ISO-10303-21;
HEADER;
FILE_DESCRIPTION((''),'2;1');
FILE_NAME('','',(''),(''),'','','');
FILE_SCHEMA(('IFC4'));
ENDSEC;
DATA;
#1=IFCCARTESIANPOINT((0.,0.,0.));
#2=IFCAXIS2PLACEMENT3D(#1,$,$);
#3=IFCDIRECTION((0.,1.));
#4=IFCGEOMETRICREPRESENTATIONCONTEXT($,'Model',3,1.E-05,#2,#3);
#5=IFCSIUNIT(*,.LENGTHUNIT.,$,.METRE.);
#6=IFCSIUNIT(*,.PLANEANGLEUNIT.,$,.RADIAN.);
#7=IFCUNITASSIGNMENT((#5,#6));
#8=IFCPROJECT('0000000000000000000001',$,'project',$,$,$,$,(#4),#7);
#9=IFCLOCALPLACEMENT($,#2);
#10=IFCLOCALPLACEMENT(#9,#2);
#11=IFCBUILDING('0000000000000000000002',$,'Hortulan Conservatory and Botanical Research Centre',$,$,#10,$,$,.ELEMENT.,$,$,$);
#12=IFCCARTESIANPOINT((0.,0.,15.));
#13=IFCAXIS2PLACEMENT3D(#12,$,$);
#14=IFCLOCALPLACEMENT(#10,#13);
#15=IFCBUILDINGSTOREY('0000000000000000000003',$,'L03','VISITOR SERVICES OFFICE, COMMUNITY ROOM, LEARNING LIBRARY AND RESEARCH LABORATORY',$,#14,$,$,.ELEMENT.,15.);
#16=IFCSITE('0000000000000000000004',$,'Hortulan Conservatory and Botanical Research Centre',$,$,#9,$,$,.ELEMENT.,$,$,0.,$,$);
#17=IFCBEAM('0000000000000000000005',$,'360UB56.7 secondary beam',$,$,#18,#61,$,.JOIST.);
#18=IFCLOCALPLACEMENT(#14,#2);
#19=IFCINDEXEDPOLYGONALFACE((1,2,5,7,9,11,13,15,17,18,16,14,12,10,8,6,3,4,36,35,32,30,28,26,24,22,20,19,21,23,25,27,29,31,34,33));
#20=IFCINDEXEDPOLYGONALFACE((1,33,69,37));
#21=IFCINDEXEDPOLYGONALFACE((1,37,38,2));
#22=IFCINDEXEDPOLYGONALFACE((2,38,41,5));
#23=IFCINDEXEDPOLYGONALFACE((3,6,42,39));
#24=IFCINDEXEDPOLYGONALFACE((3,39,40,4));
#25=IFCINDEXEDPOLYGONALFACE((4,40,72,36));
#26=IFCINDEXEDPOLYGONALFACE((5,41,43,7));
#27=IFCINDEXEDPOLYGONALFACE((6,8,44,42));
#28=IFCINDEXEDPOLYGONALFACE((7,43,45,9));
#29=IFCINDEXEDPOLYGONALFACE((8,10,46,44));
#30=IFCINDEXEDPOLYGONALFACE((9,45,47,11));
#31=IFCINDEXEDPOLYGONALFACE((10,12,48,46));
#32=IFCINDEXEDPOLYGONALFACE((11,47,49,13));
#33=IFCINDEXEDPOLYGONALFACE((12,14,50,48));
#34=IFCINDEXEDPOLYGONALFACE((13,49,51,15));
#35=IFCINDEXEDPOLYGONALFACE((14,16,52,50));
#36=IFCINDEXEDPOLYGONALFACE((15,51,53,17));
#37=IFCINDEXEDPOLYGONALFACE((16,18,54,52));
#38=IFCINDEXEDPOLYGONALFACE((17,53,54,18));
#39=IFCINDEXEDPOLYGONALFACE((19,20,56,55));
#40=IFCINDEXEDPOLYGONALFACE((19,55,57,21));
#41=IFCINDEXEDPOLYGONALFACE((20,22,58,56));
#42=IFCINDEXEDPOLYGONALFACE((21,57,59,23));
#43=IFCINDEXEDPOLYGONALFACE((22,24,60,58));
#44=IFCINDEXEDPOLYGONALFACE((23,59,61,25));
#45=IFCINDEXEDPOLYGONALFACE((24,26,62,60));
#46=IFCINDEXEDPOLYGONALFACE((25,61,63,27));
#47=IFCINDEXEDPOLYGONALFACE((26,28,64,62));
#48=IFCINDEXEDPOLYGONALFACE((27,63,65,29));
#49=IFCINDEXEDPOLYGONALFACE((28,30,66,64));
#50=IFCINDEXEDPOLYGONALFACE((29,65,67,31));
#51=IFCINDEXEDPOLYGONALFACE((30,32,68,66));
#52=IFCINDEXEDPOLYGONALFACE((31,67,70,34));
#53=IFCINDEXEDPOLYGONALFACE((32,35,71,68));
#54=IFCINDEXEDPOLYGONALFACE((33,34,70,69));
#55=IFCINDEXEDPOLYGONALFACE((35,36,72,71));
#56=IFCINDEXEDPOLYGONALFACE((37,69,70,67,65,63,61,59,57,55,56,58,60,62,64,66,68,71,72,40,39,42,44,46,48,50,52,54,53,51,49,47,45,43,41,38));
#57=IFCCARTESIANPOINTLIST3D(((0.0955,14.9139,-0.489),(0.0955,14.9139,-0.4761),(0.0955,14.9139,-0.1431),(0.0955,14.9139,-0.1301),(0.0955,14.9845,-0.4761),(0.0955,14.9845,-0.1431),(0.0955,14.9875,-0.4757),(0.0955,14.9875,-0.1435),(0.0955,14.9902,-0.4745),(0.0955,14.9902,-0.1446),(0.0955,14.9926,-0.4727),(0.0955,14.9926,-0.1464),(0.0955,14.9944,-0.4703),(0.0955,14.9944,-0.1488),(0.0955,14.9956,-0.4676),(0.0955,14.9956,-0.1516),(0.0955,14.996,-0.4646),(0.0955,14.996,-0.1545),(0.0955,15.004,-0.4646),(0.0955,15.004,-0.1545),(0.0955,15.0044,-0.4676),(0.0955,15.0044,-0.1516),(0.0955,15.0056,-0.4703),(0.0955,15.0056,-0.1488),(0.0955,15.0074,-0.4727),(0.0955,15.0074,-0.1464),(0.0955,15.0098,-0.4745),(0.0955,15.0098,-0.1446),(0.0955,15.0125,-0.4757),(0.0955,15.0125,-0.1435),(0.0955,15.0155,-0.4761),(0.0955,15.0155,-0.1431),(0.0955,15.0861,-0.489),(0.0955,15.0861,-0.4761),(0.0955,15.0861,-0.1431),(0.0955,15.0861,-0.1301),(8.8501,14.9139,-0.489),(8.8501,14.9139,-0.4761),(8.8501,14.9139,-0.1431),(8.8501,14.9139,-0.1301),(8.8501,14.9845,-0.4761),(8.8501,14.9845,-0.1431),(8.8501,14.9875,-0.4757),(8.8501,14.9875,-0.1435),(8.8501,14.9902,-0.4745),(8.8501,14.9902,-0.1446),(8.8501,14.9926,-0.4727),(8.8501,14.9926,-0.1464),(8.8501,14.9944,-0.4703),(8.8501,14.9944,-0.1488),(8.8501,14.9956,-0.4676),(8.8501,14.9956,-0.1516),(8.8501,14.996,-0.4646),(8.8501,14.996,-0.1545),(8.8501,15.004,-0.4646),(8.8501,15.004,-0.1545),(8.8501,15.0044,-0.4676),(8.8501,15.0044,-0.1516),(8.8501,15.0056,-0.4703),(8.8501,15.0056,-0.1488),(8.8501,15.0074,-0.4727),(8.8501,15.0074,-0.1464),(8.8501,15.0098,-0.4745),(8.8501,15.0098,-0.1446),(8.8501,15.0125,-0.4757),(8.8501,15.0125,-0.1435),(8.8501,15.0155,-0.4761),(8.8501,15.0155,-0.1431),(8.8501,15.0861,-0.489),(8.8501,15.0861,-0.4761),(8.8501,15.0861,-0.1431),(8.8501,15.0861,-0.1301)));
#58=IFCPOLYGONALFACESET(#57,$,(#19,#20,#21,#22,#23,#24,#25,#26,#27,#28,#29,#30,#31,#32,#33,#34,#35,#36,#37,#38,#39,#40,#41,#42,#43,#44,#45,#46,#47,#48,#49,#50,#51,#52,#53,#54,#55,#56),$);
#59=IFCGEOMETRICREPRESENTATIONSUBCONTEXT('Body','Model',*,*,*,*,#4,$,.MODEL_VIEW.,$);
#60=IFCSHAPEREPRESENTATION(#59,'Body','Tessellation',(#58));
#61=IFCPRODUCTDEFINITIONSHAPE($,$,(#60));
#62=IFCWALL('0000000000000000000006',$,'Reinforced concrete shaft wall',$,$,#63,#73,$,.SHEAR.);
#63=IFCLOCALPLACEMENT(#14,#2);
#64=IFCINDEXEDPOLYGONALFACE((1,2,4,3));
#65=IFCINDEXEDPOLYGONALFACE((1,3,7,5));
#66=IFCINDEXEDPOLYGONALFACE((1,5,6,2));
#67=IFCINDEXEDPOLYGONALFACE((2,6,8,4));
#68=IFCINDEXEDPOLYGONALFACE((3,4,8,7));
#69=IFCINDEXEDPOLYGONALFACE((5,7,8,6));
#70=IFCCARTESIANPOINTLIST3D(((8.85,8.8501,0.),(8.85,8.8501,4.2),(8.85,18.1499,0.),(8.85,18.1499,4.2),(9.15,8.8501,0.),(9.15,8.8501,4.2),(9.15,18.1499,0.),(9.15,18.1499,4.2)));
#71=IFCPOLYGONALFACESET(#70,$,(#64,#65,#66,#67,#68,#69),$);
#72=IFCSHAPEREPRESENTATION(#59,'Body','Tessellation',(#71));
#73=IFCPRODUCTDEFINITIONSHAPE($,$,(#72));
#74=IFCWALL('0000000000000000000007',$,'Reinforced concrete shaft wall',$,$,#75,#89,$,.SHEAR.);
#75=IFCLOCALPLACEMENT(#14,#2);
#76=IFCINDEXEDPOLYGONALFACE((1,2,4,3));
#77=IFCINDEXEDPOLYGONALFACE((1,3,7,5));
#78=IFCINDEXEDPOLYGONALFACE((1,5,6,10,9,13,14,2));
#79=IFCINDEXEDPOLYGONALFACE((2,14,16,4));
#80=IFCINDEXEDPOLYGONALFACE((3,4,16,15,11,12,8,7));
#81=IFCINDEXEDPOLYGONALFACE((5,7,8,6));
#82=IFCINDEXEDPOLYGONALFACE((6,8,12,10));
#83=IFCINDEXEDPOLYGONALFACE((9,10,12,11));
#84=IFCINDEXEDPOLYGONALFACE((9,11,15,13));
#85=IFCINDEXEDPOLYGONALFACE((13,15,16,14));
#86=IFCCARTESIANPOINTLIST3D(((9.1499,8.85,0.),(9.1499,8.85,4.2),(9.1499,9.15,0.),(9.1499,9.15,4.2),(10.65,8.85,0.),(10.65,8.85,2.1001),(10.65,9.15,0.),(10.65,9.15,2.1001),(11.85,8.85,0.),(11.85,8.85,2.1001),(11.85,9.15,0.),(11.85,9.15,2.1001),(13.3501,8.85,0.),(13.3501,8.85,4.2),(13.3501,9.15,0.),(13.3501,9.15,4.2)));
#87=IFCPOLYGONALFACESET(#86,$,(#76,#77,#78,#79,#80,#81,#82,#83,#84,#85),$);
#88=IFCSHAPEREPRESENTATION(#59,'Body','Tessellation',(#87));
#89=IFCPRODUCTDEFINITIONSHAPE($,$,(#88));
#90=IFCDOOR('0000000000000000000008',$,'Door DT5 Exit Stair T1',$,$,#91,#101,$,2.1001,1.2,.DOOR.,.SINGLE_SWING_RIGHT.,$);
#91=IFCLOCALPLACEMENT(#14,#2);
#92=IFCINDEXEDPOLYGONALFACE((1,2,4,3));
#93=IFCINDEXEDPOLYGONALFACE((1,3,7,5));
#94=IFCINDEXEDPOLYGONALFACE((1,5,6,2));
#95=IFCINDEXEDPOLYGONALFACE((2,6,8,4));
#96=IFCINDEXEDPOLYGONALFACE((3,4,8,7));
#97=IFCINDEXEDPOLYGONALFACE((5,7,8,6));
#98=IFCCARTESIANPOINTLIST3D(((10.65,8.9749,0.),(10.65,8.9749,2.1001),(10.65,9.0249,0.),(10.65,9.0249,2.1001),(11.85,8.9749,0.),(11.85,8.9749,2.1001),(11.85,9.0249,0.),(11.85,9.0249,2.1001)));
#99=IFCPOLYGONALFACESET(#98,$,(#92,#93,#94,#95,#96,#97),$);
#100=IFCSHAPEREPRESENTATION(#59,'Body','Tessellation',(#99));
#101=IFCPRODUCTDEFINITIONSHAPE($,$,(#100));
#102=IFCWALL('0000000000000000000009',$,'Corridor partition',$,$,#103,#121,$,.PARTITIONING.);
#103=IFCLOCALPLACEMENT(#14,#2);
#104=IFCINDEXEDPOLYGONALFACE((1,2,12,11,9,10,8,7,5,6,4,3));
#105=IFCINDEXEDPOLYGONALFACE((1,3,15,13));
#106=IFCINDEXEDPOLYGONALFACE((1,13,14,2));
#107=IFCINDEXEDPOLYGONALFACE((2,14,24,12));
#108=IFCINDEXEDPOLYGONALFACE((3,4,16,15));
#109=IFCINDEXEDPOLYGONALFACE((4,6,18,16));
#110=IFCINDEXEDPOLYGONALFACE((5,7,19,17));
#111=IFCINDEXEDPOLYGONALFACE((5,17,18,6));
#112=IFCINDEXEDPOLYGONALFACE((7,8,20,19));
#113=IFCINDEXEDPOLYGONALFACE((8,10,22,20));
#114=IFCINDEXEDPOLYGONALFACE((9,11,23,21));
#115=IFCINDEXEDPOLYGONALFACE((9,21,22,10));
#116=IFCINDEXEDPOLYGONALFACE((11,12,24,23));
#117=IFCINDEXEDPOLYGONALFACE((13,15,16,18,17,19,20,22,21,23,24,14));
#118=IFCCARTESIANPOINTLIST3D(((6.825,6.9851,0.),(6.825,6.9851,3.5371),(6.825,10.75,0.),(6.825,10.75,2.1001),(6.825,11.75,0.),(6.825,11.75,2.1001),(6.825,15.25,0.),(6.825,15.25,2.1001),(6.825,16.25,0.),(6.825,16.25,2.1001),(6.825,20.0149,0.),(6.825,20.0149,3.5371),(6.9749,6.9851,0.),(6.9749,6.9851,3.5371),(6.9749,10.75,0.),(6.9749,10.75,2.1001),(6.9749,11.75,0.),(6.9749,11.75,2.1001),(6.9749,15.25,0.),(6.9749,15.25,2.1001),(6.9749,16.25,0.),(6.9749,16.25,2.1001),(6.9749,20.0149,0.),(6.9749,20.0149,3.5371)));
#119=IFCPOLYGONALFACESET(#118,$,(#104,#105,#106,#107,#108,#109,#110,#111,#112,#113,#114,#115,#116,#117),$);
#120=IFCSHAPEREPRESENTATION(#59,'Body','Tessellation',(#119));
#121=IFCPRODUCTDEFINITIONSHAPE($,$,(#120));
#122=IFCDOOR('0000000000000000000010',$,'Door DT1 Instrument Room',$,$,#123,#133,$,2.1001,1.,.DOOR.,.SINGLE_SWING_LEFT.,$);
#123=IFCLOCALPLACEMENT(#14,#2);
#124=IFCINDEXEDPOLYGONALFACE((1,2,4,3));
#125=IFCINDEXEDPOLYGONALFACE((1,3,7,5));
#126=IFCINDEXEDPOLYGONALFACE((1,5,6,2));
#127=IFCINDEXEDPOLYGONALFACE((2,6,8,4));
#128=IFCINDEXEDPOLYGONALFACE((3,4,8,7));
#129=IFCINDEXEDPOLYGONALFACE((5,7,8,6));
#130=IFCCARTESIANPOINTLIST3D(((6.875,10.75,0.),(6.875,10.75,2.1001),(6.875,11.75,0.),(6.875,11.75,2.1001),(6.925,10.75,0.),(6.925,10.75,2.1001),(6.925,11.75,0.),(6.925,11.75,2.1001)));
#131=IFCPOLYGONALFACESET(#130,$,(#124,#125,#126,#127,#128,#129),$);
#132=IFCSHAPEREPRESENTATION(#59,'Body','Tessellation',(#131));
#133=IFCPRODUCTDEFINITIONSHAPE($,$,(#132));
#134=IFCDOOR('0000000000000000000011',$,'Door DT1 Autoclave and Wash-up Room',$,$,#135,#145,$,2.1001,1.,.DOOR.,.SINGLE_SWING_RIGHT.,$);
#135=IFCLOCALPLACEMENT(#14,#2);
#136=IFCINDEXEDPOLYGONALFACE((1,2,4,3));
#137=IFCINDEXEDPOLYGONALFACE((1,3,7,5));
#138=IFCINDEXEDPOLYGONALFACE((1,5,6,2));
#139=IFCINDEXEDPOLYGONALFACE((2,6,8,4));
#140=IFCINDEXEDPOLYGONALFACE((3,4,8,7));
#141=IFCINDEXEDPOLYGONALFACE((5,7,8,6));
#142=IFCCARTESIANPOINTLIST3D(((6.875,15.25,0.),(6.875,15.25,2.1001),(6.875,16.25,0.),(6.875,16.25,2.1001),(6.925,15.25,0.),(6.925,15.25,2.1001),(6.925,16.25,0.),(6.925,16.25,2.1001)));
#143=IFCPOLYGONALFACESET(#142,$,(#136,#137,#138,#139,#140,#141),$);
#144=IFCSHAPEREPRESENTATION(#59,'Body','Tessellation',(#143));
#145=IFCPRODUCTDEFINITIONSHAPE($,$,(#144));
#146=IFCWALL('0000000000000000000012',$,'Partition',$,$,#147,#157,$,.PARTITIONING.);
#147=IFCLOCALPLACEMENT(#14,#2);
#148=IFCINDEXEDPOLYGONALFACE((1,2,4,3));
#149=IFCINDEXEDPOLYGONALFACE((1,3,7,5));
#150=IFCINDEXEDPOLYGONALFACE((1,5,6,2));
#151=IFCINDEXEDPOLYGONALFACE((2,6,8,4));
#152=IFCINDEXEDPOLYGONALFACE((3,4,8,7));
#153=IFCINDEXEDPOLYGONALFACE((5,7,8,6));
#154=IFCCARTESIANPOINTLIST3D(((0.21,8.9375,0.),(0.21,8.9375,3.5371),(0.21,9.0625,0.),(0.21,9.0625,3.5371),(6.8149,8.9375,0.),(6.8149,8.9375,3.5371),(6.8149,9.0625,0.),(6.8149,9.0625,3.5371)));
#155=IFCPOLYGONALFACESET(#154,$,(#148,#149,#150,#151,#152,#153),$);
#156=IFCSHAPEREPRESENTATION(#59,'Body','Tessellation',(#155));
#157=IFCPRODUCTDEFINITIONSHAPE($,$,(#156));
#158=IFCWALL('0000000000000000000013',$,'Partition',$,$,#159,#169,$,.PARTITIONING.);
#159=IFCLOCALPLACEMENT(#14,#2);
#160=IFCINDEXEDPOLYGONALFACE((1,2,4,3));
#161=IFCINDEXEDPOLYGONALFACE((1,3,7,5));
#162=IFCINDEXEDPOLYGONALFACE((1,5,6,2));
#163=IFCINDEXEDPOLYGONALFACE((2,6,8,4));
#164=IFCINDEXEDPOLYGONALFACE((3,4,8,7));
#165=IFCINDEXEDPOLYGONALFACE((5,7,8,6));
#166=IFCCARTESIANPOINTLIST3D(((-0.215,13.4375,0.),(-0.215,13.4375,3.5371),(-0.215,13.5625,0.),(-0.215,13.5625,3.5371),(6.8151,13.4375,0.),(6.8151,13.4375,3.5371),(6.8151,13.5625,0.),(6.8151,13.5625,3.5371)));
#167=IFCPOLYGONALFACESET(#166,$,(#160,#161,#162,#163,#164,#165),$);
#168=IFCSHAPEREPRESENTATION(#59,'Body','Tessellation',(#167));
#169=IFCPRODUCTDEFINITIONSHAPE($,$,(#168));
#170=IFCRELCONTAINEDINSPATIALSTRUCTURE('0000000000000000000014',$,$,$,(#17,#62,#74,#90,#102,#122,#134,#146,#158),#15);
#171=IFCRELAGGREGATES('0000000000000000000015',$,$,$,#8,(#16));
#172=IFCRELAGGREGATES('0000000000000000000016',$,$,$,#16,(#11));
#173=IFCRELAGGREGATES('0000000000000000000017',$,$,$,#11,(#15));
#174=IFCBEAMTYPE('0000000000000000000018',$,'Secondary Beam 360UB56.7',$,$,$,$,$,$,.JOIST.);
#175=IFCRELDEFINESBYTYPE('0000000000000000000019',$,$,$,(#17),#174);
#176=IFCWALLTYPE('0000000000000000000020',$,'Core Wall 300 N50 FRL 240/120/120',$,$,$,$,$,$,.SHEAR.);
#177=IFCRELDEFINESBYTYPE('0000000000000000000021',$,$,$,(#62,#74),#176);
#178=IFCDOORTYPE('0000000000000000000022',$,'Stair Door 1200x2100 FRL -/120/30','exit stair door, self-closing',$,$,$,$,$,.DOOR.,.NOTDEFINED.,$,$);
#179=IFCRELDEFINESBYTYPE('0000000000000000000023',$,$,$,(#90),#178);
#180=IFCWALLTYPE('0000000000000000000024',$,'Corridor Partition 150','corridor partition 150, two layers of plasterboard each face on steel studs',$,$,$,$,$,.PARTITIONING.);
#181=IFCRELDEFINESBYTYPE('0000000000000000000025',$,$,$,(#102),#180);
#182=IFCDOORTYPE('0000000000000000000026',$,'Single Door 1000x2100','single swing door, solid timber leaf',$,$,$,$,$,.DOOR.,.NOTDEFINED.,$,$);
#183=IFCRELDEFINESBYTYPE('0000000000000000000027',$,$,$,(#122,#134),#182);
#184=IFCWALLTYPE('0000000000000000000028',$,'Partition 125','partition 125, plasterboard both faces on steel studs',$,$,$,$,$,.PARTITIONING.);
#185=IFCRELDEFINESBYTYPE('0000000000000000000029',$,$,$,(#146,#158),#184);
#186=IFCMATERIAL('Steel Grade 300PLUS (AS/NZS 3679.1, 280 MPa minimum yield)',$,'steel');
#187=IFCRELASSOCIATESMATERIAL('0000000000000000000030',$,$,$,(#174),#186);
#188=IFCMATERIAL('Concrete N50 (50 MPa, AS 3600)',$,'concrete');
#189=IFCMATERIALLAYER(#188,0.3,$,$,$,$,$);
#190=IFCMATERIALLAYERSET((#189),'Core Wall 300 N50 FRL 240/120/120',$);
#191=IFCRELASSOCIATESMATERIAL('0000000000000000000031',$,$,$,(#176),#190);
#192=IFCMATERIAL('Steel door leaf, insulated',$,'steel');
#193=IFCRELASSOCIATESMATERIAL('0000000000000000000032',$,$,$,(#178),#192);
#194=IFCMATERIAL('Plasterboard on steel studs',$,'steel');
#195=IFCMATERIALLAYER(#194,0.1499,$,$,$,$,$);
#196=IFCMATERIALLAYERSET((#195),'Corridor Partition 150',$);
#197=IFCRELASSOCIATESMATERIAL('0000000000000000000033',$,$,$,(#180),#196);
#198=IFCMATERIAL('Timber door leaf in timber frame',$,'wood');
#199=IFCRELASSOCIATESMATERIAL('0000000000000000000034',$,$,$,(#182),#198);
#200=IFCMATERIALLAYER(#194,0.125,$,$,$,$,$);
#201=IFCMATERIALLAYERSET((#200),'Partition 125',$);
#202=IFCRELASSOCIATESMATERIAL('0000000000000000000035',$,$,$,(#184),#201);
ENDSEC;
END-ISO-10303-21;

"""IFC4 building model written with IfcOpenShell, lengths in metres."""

from ifc_helpers import new_model, si_unit, direction, frame, frame_2d, origin, origin_2d, place, context, subcontext, project, spatial, rectangle, i_section, extrude, material, layer, layer_set, material_profile, profile_set, type_object, element, fill, save


model = new_model("IFC4")

# Units and contexts
model_context = context("Model", 3, precision=1e-05, world=origin(), true_north=direction((0.0, 1.0)))
body_context = subcontext(model_context, "Body", "Model", "MODEL_VIEW")
ifc_project = project(units=[si_unit("LENGTHUNIT", "METRE"), si_unit("PLANEANGLEUNIT", "RADIAN")], contexts=[model_context])

# Site, building, storey
site_placement = place(None, origin())
site = spatial("IfcSite", under=ifc_project, at=site_placement, Name="Hortulan Conservatory and Botanical Research Centre", CompositionType="ELEMENT", RefElevation=0.0)
building_placement = place(site_placement, origin())
building = spatial("IfcBuilding", under=site, at=building_placement, Name="Hortulan Conservatory and Botanical Research Centre", CompositionType="ELEMENT")
storey_placement = place(building_placement, frame((0.0, 0.0, 15.0)))
storey = spatial("IfcBuildingStorey", under=building, at=storey_placement, Name="L03", Description="VISITOR SERVICES OFFICE, COMMUNITY ROOM, LEARNING LIBRARY AND RESEARCH LABORATORY", CompositionType="ELEMENT", Elevation=15.0)

# Beam
ifc_material_1 = material(Name="Steel Grade 300PLUS (AS/NZS 3679.1, 280 MPa minimum yield)", Category="steel")
ifc_material_profile_1 = material_profile(ifc_material_1, i_section(OverallWidth=0.1721, OverallDepth=0.3589, WebThickness=0.0081, FlangeThickness=0.0129, FilletRadius=0.0115, at=origin_2d()), Name="360UB56.7")
ifc_profile_set_1 = profile_set([ifc_material_profile_1], Name="Steel Grade 300PLUS (AS/NZS 3679.1, 280 MPa minimum yield)")
beam_type_1 = type_object("IfcBeamType", Name="Secondary Beam 360UB56.7", PredefinedType="JOIST", material=ifc_profile_set_1)
for number, where, z_axis, x_axis, name in (
    (1, (0.0955, 15.0, -0.3096), (1.0, 0.0, 0.0), (0.0, 1.0, 0.0), "360UB56.7 secondary beam"),
):
    element("IfcBeam", number, at=place(storey_placement, frame(where, z_axis=z_axis, x_axis=x_axis)), inside=storey, type_object=beam_type_1, Name=name, PredefinedType="JOIST", context=body_context, shape_type="SweptSolid", body=[
        extrude(i_section(OverallWidth=0.1721, OverallDepth=0.3589, WebThickness=0.0081, FlangeThickness=0.0129, FilletRadius=0.0115, at=origin_2d()), origin(), (0.0, 0.0, 1.0), 8.7546),
    ])

# Wall
ifc_material_2 = material(Name="Concrete N50 (50 MPa, AS 3600)", Category="concrete")
ifc_layer_1 = layer(ifc_material_2, 0.3)
ifc_layer_set_1 = layer_set([ifc_layer_1], Name="Core Wall 300 N50 FRL 240/120/120")
wall_type_1 = type_object("IfcWallType", Name="Core Wall 300 N50 FRL 240/120/120", PredefinedType="SHEAR", material=ifc_layer_set_1)
wall_1_placement = place(storey_placement, frame((9.0, 8.8501, 0.0), z_axis=(0.0, 0.0, 1.0), x_axis=(0.0, 1.0, 0.0)))
element("IfcWall", 2, at=wall_1_placement, inside=storey, type_object=wall_type_1, Name="Reinforced concrete shaft wall", PredefinedType="SHEAR", context=body_context, shape_type="SweptSolid", body=[
    extrude(rectangle(XDim=9.2998, YDim=0.3, at=frame_2d((4.6499, 0.0))), origin(), (0.0, 0.0, 1.0), 4.2),
])

# Wall, opening, door
wall_2_placement = place(storey_placement, frame((9.1499, 9.0, 0.0), z_axis=(0.0, 0.0, 1.0), x_axis=(1.0, 0.0, 0.0)))
wall_2 = element("IfcWall", 3, at=wall_2_placement, inside=storey, type_object=wall_type_1, Name="Reinforced concrete shaft wall", PredefinedType="SHEAR", context=body_context, shape_type="SweptSolid", body=[
    extrude(rectangle(XDim=4.2002, YDim=0.3, at=frame_2d((2.1001, 0.0))), origin(), (0.0, 0.0, 1.0), 4.2),
])
opening_1_placement = place(wall_2_placement, frame((1.5, 0.0, 0.0)))
opening_1 = element("IfcOpeningElement", 4, at=opening_1_placement, cuts=wall_2, PredefinedType="OPENING", context=body_context, shape_type="SweptSolid", body=[
    extrude(rectangle(XDim=1.2, YDim=2.1001, at=frame_2d((0.6001, 1.05))), frame((0.0, 0.1599, 0.0), z_axis=(0.0, -1.0, 0.0), x_axis=(1.0, 0.0, 0.0)), (0.0, 0.0, 1.0), 0.3201),
])
ifc_material_3 = material(Name="Steel door leaf, insulated", Category="steel")
door_type_1 = type_object("IfcDoorType", Name="Stair Door 1200x2100 FRL -/120/30", Description="exit stair door, self-closing", OperationType="NOTDEFINED", PredefinedType="DOOR", material=ifc_material_3)
door_1_placement = place(opening_1_placement, origin())
door_1 = element("IfcDoor", 5, at=door_1_placement, inside=storey, type_object=door_type_1, Name="Door DT5 Exit Stair T1", OperationType="SINGLE_SWING_RIGHT", OverallHeight=2.1001, OverallWidth=1.2, PredefinedType="DOOR", context=body_context, shape_type="SweptSolid", body=[
    extrude(rectangle(XDim=1.2, YDim=2.1001, at=frame_2d((0.6001, 1.05))), frame((0.0, 0.0249, 0.0), z_axis=(0.0, -1.0, 0.0), x_axis=(1.0, 0.0, 0.0)), (0.0, 0.0, 1.0), 0.05),
])
fill(opening_1, door_1)

# Wall, openings, doors
ifc_material_4 = material(Name="Plasterboard on steel studs", Category="steel")
ifc_layer_2 = layer(ifc_material_4, 0.1499)
ifc_layer_set_2 = layer_set([ifc_layer_2], Name="Corridor Partition 150")
wall_type_2 = type_object("IfcWallType", Name="Corridor Partition 150", Description="corridor partition 150, two layers of plasterboard each face on steel studs", PredefinedType="PARTITIONING", material=ifc_layer_set_2)
wall_3_placement = place(storey_placement, frame((6.8999, 6.9851, 0.0), z_axis=(0.0, 0.0, 1.0), x_axis=(0.0, 1.0, 0.0)))
wall_3 = element("IfcWall", 6, at=wall_3_placement, inside=storey, type_object=wall_type_2, Name="Corridor partition", PredefinedType="PARTITIONING", context=body_context, shape_type="SweptSolid", body=[
    extrude(rectangle(XDim=13.0298, YDim=0.1499, at=frame_2d((6.5149, 0.0))), origin(), (0.0, 0.0, 1.0), 3.5371),
])
opening_2_placement = place(wall_3_placement, frame((3.7649, 0.0, 0.0)))
opening_2 = element("IfcOpeningElement", 7, at=opening_2_placement, cuts=wall_3, PredefinedType="OPENING", context=body_context, shape_type="SweptSolid", body=[
    extrude(rectangle(XDim=1.0, YDim=2.1001, at=frame_2d((0.5, 1.05))), frame((0.0, 0.085, 0.0), z_axis=(0.0, -1.0, 0.0), x_axis=(1.0, 0.0, 0.0)), (0.0, 0.0, 1.0), 0.1699),
])
opening_3_placement = place(wall_3_placement, frame((8.2649, 0.0, 0.0)))
opening_3 = element("IfcOpeningElement", 8, at=opening_3_placement, cuts=wall_3, PredefinedType="OPENING", context=body_context, shape_type="SweptSolid", body=[
    extrude(rectangle(XDim=1.0, YDim=2.1001, at=frame_2d((0.5, 1.05))), frame((0.0, 0.085, 0.0), z_axis=(0.0, -1.0, 0.0), x_axis=(1.0, 0.0, 0.0)), (0.0, 0.0, 1.0), 0.1699),
])
ifc_material_5 = material(Name="Timber door leaf in timber frame", Category="wood")
door_type_2 = type_object("IfcDoorType", Name="Single Door 1000x2100", Description="single swing door, solid timber leaf", OperationType="NOTDEFINED", PredefinedType="DOOR", material=ifc_material_5)
door_2_placement = place(opening_2_placement, origin())
door_2 = element("IfcDoor", 9, at=door_2_placement, inside=storey, type_object=door_type_2, Name="Door DT1 Instrument Room", OperationType="SINGLE_SWING_LEFT", OverallHeight=2.1001, OverallWidth=1.0, PredefinedType="DOOR", context=body_context, shape_type="SweptSolid", body=[
    extrude(rectangle(XDim=1.0, YDim=2.1001, at=frame_2d((0.5, 1.05))), frame((0.0, 0.0249, 0.0), z_axis=(0.0, -1.0, 0.0), x_axis=(1.0, 0.0, 0.0)), (0.0, 0.0, 1.0), 0.05),
])
fill(opening_2, door_2)
door_3_placement = place(opening_3_placement, origin())
door_3 = element("IfcDoor", 10, at=door_3_placement, inside=storey, type_object=door_type_2, Name="Door DT1 Autoclave and Wash-up Room", OperationType="SINGLE_SWING_RIGHT", OverallHeight=2.1001, OverallWidth=1.0, PredefinedType="DOOR", context=body_context, shape_type="SweptSolid", body=[
    extrude(rectangle(XDim=1.0, YDim=2.1001, at=frame_2d((0.5, 1.05))), frame((0.0, 0.0249, 0.0), z_axis=(0.0, -1.0, 0.0), x_axis=(1.0, 0.0, 0.0)), (0.0, 0.0, 1.0), 0.05),
])
fill(opening_3, door_3)

# Walls
ifc_layer_3 = layer(ifc_material_4, 0.125)
ifc_layer_set_3 = layer_set([ifc_layer_3], Name="Partition 125")
wall_type_3 = type_object("IfcWallType", Name="Partition 125", Description="partition 125, plasterboard both faces on steel studs", PredefinedType="PARTITIONING", material=ifc_layer_set_3)
wall_4_placement = place(storey_placement, frame((0.21, 9.0, 0.0), z_axis=(0.0, 0.0, 1.0), x_axis=(1.0, 0.0, 0.0)))
element("IfcWall", 11, at=wall_4_placement, inside=storey, type_object=wall_type_3, Name="Partition", PredefinedType="PARTITIONING", context=body_context, shape_type="SweptSolid", body=[
    extrude(rectangle(XDim=6.605, YDim=0.125, at=frame_2d((3.3025, 0.0))), origin(), (0.0, 0.0, 1.0), 3.5371),
])
wall_5_placement = place(storey_placement, frame((-0.2151, 13.5, 0.0), z_axis=(0.0, 0.0, 1.0), x_axis=(1.0, 0.0, 0.0)))
element("IfcWall", 12, at=wall_5_placement, inside=storey, type_object=wall_type_3, Name="Partition", PredefinedType="PARTITIONING", context=body_context, shape_type="SweptSolid", body=[
    extrude(rectangle(XDim=7.03, YDim=0.125, at=frame_2d((3.5151, 0.0))), origin(), (0.0, 0.0, 1.0), 3.5371),
])

save(model, "model.ifc")
